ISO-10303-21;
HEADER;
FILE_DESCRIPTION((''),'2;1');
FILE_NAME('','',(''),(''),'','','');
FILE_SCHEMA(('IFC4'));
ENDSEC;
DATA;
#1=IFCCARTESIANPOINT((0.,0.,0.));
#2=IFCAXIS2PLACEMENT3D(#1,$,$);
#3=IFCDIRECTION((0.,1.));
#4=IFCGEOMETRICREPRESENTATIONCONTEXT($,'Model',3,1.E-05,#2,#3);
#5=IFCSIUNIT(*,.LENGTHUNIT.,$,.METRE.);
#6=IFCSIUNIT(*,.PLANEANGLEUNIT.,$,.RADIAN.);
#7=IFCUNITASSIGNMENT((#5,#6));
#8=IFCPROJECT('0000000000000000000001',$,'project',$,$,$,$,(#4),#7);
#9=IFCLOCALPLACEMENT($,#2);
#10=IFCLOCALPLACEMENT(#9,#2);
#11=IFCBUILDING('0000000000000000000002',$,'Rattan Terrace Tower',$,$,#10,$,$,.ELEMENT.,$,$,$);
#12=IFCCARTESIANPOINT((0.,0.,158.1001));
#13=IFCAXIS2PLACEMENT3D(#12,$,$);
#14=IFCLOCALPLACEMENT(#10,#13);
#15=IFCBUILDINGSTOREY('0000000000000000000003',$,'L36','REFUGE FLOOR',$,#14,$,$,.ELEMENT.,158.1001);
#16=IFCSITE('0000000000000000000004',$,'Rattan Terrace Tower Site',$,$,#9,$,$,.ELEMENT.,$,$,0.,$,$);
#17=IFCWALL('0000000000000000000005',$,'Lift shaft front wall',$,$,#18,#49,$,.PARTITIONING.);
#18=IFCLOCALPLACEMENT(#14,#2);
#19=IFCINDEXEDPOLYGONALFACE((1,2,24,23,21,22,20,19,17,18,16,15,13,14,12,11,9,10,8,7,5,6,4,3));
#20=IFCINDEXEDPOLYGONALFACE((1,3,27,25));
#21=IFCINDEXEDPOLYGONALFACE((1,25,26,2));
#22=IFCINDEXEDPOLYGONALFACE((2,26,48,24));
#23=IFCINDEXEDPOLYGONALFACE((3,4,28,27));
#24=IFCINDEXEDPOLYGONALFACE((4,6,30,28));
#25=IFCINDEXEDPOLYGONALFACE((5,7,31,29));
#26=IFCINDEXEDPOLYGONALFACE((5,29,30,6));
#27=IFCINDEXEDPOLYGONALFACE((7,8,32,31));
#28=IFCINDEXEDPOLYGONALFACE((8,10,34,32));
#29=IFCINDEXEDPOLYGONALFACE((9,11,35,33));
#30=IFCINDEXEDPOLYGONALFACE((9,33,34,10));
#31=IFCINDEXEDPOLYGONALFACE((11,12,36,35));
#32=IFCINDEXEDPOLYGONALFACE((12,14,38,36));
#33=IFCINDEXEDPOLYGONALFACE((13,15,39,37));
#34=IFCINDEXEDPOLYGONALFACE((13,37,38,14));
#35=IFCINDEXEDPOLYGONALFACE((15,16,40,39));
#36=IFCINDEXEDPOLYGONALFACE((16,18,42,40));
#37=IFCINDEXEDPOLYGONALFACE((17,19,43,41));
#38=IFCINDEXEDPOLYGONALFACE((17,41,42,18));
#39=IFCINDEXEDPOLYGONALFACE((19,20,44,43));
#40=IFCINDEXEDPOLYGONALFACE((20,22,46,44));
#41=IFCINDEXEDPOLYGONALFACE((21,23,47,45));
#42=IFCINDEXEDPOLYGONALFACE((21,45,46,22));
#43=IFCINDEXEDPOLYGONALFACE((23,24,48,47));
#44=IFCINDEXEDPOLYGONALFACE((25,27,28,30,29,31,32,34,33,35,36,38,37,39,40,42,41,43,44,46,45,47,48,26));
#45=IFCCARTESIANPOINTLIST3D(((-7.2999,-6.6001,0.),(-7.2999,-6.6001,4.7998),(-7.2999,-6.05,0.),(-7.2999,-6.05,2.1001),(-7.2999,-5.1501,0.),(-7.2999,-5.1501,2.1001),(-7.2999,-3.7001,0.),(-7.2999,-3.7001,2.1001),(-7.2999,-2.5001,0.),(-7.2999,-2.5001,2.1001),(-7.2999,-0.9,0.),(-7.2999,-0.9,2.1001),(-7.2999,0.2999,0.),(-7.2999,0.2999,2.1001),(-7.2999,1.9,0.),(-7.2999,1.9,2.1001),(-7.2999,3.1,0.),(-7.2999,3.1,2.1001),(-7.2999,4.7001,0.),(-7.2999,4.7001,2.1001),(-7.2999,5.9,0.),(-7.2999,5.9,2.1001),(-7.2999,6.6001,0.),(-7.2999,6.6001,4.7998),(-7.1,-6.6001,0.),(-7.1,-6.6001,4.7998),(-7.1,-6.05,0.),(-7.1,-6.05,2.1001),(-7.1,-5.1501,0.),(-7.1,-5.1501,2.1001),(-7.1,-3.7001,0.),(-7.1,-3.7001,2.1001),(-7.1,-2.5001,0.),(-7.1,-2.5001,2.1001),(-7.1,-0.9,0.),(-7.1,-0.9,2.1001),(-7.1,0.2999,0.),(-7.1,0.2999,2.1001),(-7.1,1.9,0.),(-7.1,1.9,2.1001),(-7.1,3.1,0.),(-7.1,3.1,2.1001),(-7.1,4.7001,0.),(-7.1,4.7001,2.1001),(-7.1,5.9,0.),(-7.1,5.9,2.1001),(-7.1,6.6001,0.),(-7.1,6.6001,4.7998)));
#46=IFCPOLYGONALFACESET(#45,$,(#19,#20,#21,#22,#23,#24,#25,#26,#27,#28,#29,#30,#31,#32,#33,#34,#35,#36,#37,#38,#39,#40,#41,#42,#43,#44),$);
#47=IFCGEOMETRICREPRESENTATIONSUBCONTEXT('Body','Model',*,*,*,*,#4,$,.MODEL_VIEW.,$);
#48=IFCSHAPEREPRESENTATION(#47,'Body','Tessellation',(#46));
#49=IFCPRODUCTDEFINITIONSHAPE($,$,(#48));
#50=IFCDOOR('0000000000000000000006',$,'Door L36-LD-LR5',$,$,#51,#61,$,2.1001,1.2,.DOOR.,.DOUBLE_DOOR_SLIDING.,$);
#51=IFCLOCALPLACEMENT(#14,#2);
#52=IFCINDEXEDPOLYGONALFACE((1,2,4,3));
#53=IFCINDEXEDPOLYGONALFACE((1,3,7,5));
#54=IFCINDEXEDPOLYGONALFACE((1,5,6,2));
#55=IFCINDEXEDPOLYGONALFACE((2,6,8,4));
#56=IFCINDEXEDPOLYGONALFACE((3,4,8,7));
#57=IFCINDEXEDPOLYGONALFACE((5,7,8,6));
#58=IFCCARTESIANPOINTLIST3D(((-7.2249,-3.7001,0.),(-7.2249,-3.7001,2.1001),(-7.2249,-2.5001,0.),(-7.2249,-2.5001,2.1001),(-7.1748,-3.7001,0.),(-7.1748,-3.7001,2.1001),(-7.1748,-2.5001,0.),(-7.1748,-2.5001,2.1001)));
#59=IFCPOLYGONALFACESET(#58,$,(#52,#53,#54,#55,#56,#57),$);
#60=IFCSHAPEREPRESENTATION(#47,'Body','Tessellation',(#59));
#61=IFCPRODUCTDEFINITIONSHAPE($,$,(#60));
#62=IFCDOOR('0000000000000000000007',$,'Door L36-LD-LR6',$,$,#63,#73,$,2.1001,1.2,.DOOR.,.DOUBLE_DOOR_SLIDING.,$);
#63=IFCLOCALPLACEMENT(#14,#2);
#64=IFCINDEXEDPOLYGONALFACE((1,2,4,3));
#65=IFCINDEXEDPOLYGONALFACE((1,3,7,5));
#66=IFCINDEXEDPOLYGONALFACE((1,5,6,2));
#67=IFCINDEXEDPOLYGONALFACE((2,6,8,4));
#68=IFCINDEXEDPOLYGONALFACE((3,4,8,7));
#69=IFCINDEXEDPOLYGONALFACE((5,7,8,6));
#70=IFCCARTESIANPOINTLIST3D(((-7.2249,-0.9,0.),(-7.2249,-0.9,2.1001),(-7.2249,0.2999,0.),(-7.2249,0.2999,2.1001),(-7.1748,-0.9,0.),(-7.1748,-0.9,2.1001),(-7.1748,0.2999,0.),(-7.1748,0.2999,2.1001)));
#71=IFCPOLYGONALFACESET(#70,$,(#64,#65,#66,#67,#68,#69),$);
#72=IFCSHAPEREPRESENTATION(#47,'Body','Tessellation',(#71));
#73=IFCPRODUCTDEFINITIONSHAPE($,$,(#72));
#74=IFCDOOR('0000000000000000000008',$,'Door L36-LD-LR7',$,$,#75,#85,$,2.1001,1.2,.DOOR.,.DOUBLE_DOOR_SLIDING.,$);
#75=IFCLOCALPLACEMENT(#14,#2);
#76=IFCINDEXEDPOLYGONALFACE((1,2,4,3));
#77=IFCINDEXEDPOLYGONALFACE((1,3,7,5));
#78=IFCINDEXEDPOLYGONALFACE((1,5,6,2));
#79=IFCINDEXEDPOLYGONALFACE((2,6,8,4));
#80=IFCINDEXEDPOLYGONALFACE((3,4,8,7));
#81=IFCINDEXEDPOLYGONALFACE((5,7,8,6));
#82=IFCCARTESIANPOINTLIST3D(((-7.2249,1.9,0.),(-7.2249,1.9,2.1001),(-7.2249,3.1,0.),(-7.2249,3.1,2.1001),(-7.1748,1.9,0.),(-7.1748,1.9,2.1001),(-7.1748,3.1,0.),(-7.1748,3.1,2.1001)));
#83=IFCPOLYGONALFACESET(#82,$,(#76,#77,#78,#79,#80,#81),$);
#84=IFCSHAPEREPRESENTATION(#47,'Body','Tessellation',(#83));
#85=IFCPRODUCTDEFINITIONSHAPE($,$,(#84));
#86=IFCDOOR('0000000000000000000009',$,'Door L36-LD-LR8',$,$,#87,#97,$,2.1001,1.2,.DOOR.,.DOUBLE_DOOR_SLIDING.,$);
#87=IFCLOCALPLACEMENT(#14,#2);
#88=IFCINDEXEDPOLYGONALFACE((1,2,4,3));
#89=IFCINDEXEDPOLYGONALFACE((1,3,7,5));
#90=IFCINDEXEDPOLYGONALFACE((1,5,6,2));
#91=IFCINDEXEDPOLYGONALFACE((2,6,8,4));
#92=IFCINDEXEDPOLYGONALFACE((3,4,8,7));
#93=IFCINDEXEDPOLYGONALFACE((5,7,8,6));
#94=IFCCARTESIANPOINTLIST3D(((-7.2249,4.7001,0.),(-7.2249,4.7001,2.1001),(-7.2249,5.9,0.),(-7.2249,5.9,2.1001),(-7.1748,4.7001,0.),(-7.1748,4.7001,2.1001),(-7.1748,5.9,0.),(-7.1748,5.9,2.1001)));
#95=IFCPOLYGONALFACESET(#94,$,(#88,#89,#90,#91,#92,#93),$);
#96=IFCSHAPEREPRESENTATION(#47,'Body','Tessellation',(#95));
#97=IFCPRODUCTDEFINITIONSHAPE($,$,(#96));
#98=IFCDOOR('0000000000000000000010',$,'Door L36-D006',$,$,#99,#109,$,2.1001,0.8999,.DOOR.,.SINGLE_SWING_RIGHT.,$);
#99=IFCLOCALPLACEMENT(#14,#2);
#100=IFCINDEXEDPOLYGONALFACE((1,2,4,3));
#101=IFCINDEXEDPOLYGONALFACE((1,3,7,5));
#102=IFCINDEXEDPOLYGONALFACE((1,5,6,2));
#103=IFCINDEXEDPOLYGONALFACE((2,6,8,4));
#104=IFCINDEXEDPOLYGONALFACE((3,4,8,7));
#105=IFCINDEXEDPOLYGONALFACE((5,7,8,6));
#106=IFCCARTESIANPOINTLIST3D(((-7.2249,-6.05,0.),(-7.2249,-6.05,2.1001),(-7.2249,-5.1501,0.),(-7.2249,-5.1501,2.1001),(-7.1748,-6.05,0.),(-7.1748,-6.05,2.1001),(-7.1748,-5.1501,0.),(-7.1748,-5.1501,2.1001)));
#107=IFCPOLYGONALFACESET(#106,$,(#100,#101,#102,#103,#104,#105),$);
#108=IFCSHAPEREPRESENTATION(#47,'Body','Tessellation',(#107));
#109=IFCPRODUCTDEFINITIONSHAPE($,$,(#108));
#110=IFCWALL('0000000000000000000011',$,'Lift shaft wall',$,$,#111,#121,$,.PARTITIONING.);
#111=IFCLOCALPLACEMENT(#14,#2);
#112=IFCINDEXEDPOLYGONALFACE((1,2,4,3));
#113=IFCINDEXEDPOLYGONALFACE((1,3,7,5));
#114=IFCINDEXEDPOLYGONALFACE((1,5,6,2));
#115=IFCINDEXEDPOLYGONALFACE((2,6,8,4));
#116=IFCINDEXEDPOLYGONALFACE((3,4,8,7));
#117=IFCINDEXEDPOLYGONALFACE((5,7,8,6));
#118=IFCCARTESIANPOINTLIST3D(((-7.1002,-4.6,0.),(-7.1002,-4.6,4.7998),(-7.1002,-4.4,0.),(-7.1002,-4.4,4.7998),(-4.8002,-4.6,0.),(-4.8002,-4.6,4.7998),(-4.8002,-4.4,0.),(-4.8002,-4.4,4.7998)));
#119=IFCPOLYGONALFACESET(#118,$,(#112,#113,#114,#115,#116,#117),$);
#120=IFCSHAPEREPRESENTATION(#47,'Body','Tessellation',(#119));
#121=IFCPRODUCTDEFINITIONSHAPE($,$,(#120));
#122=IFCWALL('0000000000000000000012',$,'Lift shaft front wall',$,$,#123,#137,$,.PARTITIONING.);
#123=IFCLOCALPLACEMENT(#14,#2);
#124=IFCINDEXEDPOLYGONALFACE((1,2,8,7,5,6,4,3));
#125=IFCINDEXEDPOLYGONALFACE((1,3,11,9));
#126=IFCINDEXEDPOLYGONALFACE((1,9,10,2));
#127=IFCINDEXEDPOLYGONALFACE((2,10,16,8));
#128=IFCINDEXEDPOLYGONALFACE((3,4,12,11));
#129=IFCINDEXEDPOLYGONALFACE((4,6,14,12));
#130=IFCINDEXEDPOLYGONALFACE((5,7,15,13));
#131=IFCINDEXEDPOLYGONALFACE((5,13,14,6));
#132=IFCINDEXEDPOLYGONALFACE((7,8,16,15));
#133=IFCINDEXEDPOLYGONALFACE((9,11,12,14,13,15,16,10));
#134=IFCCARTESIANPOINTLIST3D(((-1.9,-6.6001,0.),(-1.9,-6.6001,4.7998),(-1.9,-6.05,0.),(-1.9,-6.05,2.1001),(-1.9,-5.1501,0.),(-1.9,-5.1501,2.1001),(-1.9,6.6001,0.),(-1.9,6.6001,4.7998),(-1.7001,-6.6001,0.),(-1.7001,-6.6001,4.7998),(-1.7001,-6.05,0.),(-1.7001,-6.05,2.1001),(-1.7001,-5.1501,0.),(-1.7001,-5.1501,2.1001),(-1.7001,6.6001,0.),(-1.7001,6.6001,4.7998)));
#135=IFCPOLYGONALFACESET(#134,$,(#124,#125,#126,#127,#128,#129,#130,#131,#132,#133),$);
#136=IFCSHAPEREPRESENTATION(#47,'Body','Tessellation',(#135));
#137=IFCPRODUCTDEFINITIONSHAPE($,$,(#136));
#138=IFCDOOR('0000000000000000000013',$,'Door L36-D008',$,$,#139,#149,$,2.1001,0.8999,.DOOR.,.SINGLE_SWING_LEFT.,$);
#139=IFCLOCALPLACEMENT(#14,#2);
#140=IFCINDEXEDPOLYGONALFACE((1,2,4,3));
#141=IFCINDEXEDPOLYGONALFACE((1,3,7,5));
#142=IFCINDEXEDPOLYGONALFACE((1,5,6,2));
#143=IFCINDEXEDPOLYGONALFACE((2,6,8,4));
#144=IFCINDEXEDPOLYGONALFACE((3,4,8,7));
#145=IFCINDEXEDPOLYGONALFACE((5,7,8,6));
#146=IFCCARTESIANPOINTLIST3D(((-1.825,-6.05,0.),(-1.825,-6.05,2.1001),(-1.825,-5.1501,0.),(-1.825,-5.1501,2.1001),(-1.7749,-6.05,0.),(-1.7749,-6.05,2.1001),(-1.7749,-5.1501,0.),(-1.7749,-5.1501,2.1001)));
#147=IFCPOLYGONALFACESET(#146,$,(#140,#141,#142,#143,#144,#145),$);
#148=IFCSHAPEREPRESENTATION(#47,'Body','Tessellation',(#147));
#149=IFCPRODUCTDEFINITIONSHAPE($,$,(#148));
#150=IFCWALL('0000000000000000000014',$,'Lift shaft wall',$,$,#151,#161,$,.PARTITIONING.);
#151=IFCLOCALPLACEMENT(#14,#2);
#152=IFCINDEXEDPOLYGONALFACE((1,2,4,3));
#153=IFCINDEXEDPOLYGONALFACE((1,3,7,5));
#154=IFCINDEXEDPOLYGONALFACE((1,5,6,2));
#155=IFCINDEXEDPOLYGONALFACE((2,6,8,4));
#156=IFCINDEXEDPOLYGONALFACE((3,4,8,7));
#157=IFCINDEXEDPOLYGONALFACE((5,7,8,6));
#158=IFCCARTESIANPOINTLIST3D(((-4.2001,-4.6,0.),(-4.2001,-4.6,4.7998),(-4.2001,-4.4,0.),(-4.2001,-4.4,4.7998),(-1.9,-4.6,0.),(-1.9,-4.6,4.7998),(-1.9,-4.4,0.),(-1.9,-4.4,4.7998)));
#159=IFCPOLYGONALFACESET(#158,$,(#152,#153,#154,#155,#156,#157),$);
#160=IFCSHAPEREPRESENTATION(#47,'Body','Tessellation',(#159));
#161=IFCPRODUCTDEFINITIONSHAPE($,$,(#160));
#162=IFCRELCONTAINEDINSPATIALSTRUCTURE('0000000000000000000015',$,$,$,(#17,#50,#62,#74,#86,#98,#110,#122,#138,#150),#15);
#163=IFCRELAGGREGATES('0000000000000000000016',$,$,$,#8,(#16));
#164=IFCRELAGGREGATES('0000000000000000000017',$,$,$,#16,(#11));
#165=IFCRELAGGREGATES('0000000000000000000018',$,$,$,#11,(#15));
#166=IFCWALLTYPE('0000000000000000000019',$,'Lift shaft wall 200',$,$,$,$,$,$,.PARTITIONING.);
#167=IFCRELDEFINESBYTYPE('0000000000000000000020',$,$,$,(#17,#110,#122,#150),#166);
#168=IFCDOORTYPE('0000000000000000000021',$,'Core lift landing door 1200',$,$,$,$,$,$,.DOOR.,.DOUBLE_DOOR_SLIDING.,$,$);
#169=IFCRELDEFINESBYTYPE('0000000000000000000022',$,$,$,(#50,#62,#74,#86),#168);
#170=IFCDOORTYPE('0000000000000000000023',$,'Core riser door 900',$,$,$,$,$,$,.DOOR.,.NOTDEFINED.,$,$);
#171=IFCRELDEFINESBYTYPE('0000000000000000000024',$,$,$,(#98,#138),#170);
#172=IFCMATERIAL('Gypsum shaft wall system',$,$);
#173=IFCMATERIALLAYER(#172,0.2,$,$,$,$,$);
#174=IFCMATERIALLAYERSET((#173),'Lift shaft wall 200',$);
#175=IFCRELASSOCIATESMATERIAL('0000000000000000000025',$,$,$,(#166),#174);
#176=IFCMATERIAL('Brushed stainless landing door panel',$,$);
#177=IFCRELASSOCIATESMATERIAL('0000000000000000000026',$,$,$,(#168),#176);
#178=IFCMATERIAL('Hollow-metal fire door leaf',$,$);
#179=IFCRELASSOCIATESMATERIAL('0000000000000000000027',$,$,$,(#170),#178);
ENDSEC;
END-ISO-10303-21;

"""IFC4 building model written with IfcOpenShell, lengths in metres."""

from ifc_helpers import new_model, si_unit, direction, frame, frame_2d, origin, place, context, subcontext, project, spatial, rectangle, extrude, material, layer, layer_set, type_object, element, fill, save


model = new_model("IFC4")

# Units and contexts
model_context = context("Model", 3, precision=1e-05, world=origin(), true_north=direction((0.0, 1.0)))
body_context = subcontext(model_context, "Body", "Model", "MODEL_VIEW")
ifc_project = project(units=[si_unit("LENGTHUNIT", "METRE"), si_unit("PLANEANGLEUNIT", "RADIAN")], contexts=[model_context])

# Site, building, storey
site_placement = place(None, origin())
site = spatial("IfcSite", under=ifc_project, at=site_placement, Name="Rattan Terrace Tower Site", CompositionType="ELEMENT", RefElevation=0.0)
building_placement = place(site_placement, origin())
building = spatial("IfcBuilding", under=site, at=building_placement, Name="Rattan Terrace Tower", CompositionType="ELEMENT")
storey_placement = place(building_placement, frame((0.0, 0.0, 158.1001)))
storey = spatial("IfcBuildingStorey", under=building, at=storey_placement, Name="L36", Description="REFUGE FLOOR", CompositionType="ELEMENT", Elevation=158.1001)

# Wall, openings, doors
ifc_material_1 = material(Name="Gypsum shaft wall system")
ifc_layer_1 = layer(ifc_material_1, 0.2)
ifc_layer_set_1 = layer_set([ifc_layer_1], Name="Lift shaft wall 200")
wall_type_1 = type_object("IfcWallType", Name="Lift shaft wall 200", PredefinedType="PARTITIONING", material=ifc_layer_set_1)
wall_1_placement = place(storey_placement, frame((-7.2, -6.6001, 0.0), z_axis=(0.0, 0.0, 1.0), x_axis=(0.0, 1.0, 0.0)))
wall_1 = element("IfcWall", 1, at=wall_1_placement, inside=storey, type_object=wall_type_1, Name="Lift shaft front wall", PredefinedType="PARTITIONING", context=body_context, shape_type="SweptSolid", body=[
    extrude(rectangle(XDim=13.2002, YDim=0.2, at=frame_2d((6.6001, 0.0))), origin(), (0.0, 0.0, 1.0), 4.7998),
])
opening_1_placement = place(wall_1_placement, frame((0.55, 0.0, 0.0)))
opening_1 = element("IfcOpeningElement", 2, at=opening_1_placement, cuts=wall_1, PredefinedType="OPENING", context=body_context, shape_type="SweptSolid", body=[
    extrude(rectangle(XDim=0.8999, YDim=2.1001, at=frame_2d((0.45, 1.05))), frame((0.0, 0.1106, 0.0), z_axis=(0.0, -1.0, 0.0), x_axis=(1.0, 0.0, 0.0)), (0.0, 0.0, 1.0), 0.2209),
])
opening_2_placement = place(wall_1_placement, frame((2.8999, 0.0, 0.0)))
opening_2 = element("IfcOpeningElement", 3, at=opening_2_placement, cuts=wall_1, PredefinedType="OPENING", context=body_context, shape_type="SweptSolid", body=[
    extrude(rectangle(XDim=1.2, YDim=2.1001, at=frame_2d((0.6001, 1.05))), frame((0.0, 0.1106, 0.0), z_axis=(0.0, -1.0, 0.0), x_axis=(1.0, 0.0, 0.0)), (0.0, 0.0, 1.0), 0.2209),
])
opening_3_placement = place(wall_1_placement, frame((5.7, 0.0, 0.0)))
opening_3 = element("IfcOpeningElement", 4, at=opening_3_placement, cuts=wall_1, PredefinedType="OPENING", context=body_context, shape_type="SweptSolid", body=[
    extrude(rectangle(XDim=1.2, YDim=2.1001, at=frame_2d((0.6001, 1.05))), frame((0.0, 0.1106, 0.0), z_axis=(0.0, -1.0, 0.0), x_axis=(1.0, 0.0, 0.0)), (0.0, 0.0, 1.0), 0.2209),
])
opening_4_placement = place(wall_1_placement, frame((8.5, 0.0, 0.0)))
opening_4 = element("IfcOpeningElement", 5, at=opening_4_placement, cuts=wall_1, PredefinedType="OPENING", context=body_context, shape_type="SweptSolid", body=[
    extrude(rectangle(XDim=1.2, YDim=2.1001, at=frame_2d((0.6001, 1.05))), frame((0.0, 0.1106, 0.0), z_axis=(0.0, -1.0, 0.0), x_axis=(1.0, 0.0, 0.0)), (0.0, 0.0, 1.0), 0.2209),
])
opening_5_placement = place(wall_1_placement, frame((11.3, 0.0, 0.0)))
opening_5 = element("IfcOpeningElement", 6, at=opening_5_placement, cuts=wall_1, PredefinedType="OPENING", context=body_context, shape_type="SweptSolid", body=[
    extrude(rectangle(XDim=1.2, YDim=2.1001, at=frame_2d((0.6001, 1.05))), frame((0.0, 0.1106, 0.0), z_axis=(0.0, -1.0, 0.0), x_axis=(1.0, 0.0, 0.0)), (0.0, 0.0, 1.0), 0.2209),
])
ifc_material_2 = material(Name="Brushed stainless landing door panel")
door_type_1 = type_object("IfcDoorType", Name="Core lift landing door 1200", OperationType="DOUBLE_DOOR_SLIDING", PredefinedType="DOOR", material=ifc_material_2)
door_1_placement = place(opening_2_placement, origin())
door_1 = element("IfcDoor", 7, at=door_1_placement, inside=storey, type_object=door_type_1, Name="Door L36-LD-LR5", OperationType="DOUBLE_DOOR_SLIDING", OverallHeight=2.1001, OverallWidth=1.2, PredefinedType="DOOR", context=body_context, shape_type="SweptSolid", body=[
    extrude(rectangle(XDim=1.2, YDim=2.1001, at=frame_2d((0.6001, 1.05))), frame((0.0, 0.0249, 0.0), z_axis=(0.0, -1.0, 0.0), x_axis=(1.0, 0.0, 0.0)), (0.0, 0.0, 1.0), 0.05),
])
fill(opening_2, door_1)
door_2_placement = place(opening_3_placement, origin())
door_2 = element("IfcDoor", 8, at=door_2_placement, inside=storey, type_object=door_type_1, Name="Door L36-LD-LR6", OperationType="DOUBLE_DOOR_SLIDING", OverallHeight=2.1001, OverallWidth=1.2, PredefinedType="DOOR", context=body_context, shape_type="SweptSolid", body=[
    extrude(rectangle(XDim=1.2, YDim=2.1001, at=frame_2d((0.6001, 1.05))), frame((0.0, 0.0249, 0.0), z_axis=(0.0, -1.0, 0.0), x_axis=(1.0, 0.0, 0.0)), (0.0, 0.0, 1.0), 0.05),
])
fill(opening_3, door_2)
door_3_placement = place(opening_4_placement, origin())
door_3 = element("IfcDoor", 9, at=door_3_placement, inside=storey, type_object=door_type_1, Name="Door L36-LD-LR7", OperationType="DOUBLE_DOOR_SLIDING", OverallHeight=2.1001, OverallWidth=1.2, PredefinedType="DOOR", context=body_context, shape_type="SweptSolid", body=[
    extrude(rectangle(XDim=1.2, YDim=2.1001, at=frame_2d((0.6001, 1.05))), frame((0.0, 0.0249, 0.0), z_axis=(0.0, -1.0, 0.0), x_axis=(1.0, 0.0, 0.0)), (0.0, 0.0, 1.0), 0.05),
])
fill(opening_4, door_3)
door_4_placement = place(opening_5_placement, origin())
door_4 = element("IfcDoor", 10, at=door_4_placement, inside=storey, type_object=door_type_1, Name="Door L36-LD-LR8", OperationType="DOUBLE_DOOR_SLIDING", OverallHeight=2.1001, OverallWidth=1.2, PredefinedType="DOOR", context=body_context, shape_type="SweptSolid", body=[
    extrude(rectangle(XDim=1.2, YDim=2.1001, at=frame_2d((0.6001, 1.05))), frame((0.0, 0.0249, 0.0), z_axis=(0.0, -1.0, 0.0), x_axis=(1.0, 0.0, 0.0)), (0.0, 0.0, 1.0), 0.05),
])
fill(opening_5, door_4)
ifc_material_3 = material(Name="Hollow-metal fire door leaf")
door_type_2 = type_object("IfcDoorType", Name="Core riser door 900", OperationType="NOTDEFINED", PredefinedType="DOOR", material=ifc_material_3)
door_5_placement = place(opening_1_placement, origin())
door_5 = element("IfcDoor", 11, at=door_5_placement, inside=storey, type_object=door_type_2, Name="Door L36-D006", OperationType="SINGLE_SWING_RIGHT", OverallHeight=2.1001, OverallWidth=0.8999, PredefinedType="DOOR", context=body_context, shape_type="SweptSolid", body=[
    extrude(rectangle(XDim=0.8999, YDim=2.1001, at=frame_2d((0.45, 1.05))), frame((0.0, 0.0249, 0.0), z_axis=(0.0, -1.0, 0.0), x_axis=(1.0, 0.0, 0.0)), (0.0, 0.0, 1.0), 0.05),
])
fill(opening_1, door_5)

# Wall
wall_2_placement = place(storey_placement, frame((-7.1001, -4.5, 0.0), z_axis=(0.0, 0.0, 1.0), x_axis=(1.0, 0.0, 0.0)))
element("IfcWall", 12, at=wall_2_placement, inside=storey, type_object=wall_type_1, Name="Lift shaft wall", PredefinedType="PARTITIONING", context=body_context, shape_type="SweptSolid", body=[
    extrude(rectangle(XDim=2.3, YDim=0.2, at=frame_2d((1.1499, 0.0))), origin(), (0.0, 0.0, 1.0), 4.7998),
])

# Wall, opening, door
wall_3_placement = place(storey_placement, frame((-1.8, -6.6001, 0.0), z_axis=(0.0, 0.0, 1.0), x_axis=(0.0, 1.0, 0.0)))
wall_3 = element("IfcWall", 13, at=wall_3_placement, inside=storey, type_object=wall_type_1, Name="Lift shaft front wall", PredefinedType="PARTITIONING", context=body_context, shape_type="SweptSolid", body=[
    extrude(rectangle(XDim=13.2002, YDim=0.2, at=frame_2d((6.6001, 0.0))), origin(), (0.0, 0.0, 1.0), 4.7998),
])
opening_6_placement = place(wall_3_placement, frame((0.55, 0.0, 0.0)))
opening_6 = element("IfcOpeningElement", 14, at=opening_6_placement, cuts=wall_3, PredefinedType="OPENING", context=body_context, shape_type="SweptSolid", body=[
    extrude(rectangle(XDim=0.8999, YDim=2.1001, at=frame_2d((0.45, 1.05))), frame((0.0, 0.1106, 0.0), z_axis=(0.0, -1.0, 0.0), x_axis=(1.0, 0.0, 0.0)), (0.0, 0.0, 1.0), 0.2209),
])
door_6_placement = place(opening_6_placement, origin())
door_6 = element("IfcDoor", 15, at=door_6_placement, inside=storey, type_object=door_type_2, Name="Door L36-D008", OperationType="SINGLE_SWING_LEFT", OverallHeight=2.1001, OverallWidth=0.8999, PredefinedType="DOOR", context=body_context, shape_type="SweptSolid", body=[
    extrude(rectangle(XDim=0.8999, YDim=2.1001, at=frame_2d((0.45, 1.05))), frame((0.0, 0.0249, 0.0), z_axis=(0.0, -1.0, 0.0), x_axis=(1.0, 0.0, 0.0)), (0.0, 0.0, 1.0), 0.05),
])
fill(opening_6, door_6)

# Wall
wall_4_placement = place(storey_placement, frame((-4.2, -4.5, 0.0), z_axis=(0.0, 0.0, 1.0), x_axis=(1.0, 0.0, 0.0)))
element("IfcWall", 16, at=wall_4_placement, inside=storey, type_object=wall_type_1, Name="Lift shaft wall", PredefinedType="PARTITIONING", context=body_context, shape_type="SweptSolid", body=[
    extrude(rectangle(XDim=2.3, YDim=0.2, at=frame_2d((1.1499, 0.0))), origin(), (0.0, 0.0, 1.0), 4.7998),
])

save(model, "model.ifc")
